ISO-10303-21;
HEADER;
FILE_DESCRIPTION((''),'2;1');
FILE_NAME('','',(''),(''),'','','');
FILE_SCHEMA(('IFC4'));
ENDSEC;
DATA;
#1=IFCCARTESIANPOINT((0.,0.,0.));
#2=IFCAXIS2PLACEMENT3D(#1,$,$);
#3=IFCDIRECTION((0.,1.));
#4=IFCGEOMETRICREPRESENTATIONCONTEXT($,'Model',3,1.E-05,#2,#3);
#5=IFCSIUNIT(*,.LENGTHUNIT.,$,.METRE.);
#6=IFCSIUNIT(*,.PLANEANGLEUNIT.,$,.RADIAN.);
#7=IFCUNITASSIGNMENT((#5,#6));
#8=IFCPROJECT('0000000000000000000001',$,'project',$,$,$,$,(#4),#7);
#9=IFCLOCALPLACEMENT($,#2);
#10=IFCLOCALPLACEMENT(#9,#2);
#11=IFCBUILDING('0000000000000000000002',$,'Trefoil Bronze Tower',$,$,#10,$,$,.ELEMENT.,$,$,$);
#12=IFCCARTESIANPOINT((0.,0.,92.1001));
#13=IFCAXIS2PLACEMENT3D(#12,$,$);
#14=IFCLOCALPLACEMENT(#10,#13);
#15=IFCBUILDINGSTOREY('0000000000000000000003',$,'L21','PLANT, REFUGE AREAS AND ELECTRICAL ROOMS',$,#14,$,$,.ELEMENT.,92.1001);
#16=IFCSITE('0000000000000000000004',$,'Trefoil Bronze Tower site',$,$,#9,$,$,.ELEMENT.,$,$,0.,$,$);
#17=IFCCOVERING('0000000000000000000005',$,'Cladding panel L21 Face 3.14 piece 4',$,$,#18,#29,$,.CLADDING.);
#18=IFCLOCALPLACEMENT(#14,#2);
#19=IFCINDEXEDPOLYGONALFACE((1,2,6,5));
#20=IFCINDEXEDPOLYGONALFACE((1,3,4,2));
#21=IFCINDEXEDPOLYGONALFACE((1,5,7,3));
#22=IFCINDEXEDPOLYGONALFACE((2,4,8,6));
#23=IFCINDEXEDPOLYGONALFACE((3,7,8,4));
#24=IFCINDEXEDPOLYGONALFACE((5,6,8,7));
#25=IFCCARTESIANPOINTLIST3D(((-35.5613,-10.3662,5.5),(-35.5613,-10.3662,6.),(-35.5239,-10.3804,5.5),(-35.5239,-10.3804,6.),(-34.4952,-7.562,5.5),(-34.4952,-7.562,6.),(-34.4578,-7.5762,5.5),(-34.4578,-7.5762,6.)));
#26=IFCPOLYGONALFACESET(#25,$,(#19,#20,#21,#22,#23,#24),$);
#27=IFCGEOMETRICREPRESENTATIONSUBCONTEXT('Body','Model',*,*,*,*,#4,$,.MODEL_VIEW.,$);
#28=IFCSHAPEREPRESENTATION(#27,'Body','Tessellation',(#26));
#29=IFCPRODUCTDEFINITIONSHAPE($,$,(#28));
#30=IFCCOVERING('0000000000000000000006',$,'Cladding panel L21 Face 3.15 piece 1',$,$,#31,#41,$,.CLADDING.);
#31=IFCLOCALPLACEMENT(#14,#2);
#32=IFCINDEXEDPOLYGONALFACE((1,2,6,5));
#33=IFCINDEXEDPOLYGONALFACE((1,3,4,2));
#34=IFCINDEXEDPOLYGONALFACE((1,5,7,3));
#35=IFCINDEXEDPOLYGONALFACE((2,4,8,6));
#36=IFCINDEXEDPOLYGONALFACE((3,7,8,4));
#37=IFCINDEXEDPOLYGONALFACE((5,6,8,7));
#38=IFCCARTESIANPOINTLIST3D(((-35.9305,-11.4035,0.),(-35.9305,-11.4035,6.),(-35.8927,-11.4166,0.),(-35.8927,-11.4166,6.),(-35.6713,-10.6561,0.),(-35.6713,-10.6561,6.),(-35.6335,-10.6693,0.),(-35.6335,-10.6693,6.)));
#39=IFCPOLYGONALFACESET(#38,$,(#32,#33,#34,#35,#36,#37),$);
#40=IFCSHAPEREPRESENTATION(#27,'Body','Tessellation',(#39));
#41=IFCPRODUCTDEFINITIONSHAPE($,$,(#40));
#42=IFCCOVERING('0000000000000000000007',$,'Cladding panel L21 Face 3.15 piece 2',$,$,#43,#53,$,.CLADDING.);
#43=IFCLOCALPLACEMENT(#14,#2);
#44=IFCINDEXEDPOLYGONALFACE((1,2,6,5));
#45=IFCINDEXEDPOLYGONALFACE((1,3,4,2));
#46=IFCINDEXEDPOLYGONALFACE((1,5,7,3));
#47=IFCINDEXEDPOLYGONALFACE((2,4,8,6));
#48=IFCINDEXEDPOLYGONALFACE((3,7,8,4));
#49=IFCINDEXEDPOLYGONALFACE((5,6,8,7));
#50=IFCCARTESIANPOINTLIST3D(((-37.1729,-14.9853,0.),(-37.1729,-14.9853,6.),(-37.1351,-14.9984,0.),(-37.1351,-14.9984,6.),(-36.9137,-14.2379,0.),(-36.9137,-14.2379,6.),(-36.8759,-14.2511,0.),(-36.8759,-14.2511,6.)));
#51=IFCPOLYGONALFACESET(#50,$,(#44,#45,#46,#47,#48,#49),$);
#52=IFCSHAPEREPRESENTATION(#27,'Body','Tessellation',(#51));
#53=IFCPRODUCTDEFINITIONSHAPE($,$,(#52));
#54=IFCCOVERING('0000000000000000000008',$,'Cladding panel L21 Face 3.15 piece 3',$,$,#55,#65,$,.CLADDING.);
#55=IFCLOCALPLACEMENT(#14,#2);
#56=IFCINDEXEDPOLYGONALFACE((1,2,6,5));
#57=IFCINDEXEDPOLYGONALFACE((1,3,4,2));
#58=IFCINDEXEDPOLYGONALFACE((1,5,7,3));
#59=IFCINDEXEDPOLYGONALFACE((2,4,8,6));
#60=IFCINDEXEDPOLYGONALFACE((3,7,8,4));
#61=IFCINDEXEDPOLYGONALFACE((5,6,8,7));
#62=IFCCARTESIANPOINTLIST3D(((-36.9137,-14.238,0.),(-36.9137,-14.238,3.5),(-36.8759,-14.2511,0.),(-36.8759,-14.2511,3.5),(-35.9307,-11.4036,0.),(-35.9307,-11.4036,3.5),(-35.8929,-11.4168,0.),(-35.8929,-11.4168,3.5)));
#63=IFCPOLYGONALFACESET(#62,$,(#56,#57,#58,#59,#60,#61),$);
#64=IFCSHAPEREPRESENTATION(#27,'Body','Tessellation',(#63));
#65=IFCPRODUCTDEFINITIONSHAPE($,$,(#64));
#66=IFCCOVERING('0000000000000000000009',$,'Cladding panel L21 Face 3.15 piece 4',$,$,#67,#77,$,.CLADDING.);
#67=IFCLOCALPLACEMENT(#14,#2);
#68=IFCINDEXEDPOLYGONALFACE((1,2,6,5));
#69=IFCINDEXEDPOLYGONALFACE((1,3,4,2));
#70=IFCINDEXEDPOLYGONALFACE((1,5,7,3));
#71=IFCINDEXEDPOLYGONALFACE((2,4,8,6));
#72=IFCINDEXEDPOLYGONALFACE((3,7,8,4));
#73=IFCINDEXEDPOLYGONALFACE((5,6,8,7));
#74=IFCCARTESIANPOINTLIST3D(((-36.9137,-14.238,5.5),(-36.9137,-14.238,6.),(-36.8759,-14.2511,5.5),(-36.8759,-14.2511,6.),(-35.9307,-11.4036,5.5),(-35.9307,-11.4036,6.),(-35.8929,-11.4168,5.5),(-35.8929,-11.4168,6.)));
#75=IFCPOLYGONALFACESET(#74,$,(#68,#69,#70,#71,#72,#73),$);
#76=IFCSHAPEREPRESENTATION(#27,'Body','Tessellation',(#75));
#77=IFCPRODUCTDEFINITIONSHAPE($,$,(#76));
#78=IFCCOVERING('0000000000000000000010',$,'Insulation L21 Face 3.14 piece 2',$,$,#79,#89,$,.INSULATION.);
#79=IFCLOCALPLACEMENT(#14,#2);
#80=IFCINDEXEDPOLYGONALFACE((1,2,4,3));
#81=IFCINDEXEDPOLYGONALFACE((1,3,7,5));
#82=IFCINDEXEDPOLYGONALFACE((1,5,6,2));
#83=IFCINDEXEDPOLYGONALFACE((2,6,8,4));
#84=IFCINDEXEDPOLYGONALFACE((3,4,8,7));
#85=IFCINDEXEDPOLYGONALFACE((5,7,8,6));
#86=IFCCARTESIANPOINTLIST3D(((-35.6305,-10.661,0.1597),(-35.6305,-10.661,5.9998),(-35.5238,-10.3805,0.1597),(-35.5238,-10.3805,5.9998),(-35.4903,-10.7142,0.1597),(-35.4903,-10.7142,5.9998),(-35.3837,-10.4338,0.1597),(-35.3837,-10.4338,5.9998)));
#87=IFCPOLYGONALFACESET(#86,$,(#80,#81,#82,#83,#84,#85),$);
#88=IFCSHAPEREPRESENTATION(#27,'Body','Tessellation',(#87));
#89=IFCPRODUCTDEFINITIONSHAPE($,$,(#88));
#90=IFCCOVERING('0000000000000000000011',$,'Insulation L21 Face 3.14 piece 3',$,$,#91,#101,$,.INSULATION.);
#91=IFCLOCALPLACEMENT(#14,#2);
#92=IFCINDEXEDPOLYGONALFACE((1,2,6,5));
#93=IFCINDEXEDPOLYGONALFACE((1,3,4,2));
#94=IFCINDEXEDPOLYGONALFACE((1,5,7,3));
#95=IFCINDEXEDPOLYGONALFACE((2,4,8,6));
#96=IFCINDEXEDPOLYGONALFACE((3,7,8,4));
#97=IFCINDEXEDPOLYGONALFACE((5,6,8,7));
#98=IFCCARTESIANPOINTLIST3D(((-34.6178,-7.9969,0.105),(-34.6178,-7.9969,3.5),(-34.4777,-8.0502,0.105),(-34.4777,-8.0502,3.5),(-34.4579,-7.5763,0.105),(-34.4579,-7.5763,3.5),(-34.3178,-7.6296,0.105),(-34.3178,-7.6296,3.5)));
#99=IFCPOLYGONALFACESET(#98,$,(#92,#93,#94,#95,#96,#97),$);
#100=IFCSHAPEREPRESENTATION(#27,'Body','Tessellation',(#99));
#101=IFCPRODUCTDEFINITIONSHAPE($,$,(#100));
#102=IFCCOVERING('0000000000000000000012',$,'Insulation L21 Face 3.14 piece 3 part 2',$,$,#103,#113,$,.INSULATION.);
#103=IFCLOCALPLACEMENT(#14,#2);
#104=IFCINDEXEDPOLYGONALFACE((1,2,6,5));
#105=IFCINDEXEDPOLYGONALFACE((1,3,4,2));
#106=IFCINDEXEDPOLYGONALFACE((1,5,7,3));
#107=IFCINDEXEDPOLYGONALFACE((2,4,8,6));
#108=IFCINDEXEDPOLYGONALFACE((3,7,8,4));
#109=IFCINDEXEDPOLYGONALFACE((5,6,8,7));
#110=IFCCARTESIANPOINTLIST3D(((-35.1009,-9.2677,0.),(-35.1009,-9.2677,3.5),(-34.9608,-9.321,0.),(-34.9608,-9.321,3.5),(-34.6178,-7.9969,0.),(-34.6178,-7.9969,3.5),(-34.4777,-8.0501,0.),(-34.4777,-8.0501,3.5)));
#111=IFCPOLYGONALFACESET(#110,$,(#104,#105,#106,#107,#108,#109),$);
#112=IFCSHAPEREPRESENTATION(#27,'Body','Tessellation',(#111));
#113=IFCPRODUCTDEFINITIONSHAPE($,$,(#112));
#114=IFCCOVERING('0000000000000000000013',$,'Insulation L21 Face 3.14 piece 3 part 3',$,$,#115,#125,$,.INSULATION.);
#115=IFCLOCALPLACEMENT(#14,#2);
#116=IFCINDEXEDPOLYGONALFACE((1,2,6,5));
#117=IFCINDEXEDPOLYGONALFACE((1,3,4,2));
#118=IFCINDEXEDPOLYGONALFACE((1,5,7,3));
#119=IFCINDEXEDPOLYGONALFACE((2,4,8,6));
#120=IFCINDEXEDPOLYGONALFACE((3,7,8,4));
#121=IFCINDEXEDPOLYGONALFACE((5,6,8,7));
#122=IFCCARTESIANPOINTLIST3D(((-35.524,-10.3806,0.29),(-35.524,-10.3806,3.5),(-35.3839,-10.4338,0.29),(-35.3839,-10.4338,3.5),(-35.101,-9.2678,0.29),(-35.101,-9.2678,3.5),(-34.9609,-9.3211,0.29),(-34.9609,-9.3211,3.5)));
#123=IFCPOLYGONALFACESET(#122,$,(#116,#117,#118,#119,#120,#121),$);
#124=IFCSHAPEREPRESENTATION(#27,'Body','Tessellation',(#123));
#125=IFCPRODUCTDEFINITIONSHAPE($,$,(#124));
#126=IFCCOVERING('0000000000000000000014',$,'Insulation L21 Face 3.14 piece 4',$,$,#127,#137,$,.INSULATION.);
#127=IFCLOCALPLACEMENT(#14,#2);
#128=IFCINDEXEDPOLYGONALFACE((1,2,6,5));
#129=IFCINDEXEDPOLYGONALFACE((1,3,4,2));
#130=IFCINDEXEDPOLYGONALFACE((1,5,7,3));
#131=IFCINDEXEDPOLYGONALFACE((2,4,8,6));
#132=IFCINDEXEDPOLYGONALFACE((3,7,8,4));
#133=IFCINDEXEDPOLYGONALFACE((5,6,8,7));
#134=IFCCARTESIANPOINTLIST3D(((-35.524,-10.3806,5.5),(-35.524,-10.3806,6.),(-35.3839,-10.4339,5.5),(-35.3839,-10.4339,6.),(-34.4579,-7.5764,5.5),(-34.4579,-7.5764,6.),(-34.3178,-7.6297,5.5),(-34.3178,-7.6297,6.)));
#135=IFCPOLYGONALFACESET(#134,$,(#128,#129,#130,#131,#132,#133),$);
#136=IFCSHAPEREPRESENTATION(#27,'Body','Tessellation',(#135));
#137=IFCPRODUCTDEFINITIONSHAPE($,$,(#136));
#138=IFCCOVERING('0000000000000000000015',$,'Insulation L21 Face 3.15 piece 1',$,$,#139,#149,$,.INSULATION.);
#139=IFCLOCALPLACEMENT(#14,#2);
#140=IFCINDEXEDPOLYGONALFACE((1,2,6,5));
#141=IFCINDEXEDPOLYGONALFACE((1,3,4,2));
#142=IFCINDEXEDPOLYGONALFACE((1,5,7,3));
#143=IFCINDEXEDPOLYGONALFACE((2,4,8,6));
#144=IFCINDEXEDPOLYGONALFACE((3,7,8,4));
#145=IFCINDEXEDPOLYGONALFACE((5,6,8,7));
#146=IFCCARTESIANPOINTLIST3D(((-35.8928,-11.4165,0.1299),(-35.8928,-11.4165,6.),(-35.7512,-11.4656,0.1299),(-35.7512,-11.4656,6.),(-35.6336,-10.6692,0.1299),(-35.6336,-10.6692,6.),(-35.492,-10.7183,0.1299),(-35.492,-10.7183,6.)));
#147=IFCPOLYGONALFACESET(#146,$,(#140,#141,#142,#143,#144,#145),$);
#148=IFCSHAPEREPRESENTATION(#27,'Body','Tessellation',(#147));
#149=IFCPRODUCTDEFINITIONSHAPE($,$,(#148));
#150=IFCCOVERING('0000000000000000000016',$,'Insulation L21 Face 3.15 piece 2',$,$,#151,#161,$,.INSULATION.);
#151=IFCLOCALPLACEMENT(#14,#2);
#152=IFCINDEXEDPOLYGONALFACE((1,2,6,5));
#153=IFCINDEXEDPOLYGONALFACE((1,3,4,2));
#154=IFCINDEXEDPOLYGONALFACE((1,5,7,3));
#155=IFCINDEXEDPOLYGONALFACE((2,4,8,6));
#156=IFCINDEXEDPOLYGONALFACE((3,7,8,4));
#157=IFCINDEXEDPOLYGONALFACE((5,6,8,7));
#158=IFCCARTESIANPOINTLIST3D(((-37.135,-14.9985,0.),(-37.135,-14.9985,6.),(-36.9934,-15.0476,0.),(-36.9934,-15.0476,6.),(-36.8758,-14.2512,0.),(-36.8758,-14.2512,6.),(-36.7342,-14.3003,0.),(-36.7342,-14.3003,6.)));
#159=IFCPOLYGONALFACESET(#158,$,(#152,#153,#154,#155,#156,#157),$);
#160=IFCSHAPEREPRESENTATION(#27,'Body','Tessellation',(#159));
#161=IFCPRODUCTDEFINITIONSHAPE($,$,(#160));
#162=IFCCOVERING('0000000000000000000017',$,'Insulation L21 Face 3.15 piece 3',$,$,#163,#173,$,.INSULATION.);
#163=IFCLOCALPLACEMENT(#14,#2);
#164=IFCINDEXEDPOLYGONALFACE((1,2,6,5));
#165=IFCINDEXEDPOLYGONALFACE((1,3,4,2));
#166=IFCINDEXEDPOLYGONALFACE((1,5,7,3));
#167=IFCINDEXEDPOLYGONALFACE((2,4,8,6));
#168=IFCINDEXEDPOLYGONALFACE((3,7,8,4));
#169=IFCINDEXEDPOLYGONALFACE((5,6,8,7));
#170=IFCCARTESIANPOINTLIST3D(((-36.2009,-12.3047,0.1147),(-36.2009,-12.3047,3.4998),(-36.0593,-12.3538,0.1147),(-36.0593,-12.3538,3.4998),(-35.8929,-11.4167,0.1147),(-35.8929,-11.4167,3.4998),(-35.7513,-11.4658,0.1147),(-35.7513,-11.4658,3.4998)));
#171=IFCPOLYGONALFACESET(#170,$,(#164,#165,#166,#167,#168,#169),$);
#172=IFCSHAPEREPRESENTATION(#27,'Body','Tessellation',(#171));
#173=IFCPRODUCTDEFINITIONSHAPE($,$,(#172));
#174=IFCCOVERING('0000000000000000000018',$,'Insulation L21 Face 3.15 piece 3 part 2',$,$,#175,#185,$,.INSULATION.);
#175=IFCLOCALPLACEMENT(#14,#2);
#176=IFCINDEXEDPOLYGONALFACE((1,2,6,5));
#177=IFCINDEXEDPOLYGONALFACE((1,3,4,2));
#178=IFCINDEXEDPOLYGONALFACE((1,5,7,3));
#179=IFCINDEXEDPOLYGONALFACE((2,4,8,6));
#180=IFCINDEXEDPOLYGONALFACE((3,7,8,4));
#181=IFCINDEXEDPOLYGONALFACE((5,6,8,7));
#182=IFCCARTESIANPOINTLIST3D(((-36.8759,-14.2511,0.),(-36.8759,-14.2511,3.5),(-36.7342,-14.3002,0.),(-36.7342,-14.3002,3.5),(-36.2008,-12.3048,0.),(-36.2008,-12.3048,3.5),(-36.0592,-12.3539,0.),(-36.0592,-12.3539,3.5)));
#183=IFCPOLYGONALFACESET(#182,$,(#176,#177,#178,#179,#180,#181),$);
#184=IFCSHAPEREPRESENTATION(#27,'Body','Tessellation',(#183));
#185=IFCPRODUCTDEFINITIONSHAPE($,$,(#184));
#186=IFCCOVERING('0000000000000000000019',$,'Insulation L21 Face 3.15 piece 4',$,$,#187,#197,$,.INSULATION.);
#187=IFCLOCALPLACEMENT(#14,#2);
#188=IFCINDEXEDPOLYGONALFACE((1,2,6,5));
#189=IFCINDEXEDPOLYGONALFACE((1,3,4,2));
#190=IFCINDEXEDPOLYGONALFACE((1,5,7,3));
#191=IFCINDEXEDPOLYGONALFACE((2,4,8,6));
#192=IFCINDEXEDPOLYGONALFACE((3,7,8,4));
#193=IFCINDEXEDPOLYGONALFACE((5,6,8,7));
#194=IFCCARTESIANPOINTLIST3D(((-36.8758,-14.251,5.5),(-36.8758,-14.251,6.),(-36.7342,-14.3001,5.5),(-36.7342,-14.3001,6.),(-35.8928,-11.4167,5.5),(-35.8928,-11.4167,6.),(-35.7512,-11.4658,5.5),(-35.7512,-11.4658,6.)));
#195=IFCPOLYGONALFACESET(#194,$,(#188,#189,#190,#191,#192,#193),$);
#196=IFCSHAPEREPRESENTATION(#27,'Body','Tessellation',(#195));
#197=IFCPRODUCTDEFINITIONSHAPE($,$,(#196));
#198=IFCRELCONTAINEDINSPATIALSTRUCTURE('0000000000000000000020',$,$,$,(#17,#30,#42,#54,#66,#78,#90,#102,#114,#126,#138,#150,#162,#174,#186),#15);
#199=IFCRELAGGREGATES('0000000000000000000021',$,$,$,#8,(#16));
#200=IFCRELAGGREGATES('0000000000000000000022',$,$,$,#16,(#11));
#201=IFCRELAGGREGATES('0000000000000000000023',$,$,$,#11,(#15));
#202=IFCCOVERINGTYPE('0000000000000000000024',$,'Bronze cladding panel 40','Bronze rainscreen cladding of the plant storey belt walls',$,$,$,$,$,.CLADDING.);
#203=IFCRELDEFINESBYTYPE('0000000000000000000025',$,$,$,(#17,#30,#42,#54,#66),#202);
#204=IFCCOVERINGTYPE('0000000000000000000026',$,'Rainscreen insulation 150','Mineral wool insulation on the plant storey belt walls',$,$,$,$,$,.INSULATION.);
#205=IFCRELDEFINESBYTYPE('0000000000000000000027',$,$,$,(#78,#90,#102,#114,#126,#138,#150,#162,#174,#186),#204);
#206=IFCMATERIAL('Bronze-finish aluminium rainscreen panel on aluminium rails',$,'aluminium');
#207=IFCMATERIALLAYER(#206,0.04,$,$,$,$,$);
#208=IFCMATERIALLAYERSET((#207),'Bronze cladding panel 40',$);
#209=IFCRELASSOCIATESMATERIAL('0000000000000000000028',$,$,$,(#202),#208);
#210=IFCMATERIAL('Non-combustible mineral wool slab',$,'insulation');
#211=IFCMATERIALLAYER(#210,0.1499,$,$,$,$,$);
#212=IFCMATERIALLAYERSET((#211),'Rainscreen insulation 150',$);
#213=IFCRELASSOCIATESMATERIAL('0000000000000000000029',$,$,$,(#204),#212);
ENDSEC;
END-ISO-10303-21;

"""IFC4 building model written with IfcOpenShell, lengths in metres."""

from ifc_helpers import new_model, si_unit, direction, frame, origin, origin_2d, place, context, subcontext, project, spatial, rectangle, extrude, material, layer, layer_set, type_object, element, save


model = new_model("IFC4")

# Units and contexts
model_context = context("Model", 3, precision=1e-05, world=origin(), true_north=direction((0.0, 1.0)))
body_context = subcontext(model_context, "Body", "Model", "MODEL_VIEW")
ifc_project = project(units=[si_unit("LENGTHUNIT", "METRE"), si_unit("PLANEANGLEUNIT", "RADIAN")], contexts=[model_context])

# Site, building, storey
site_placement = place(None, origin())
site = spatial("IfcSite", under=ifc_project, at=site_placement, Name="Trefoil Bronze Tower site", CompositionType="ELEMENT", RefElevation=0.0)
building_placement = place(site_placement, origin())
building = spatial("IfcBuilding", under=site, at=building_placement, Name="Trefoil Bronze Tower", CompositionType="ELEMENT")
storey_placement = place(building_placement, frame((0.0, 0.0, 92.1001)))
storey = spatial("IfcBuildingStorey", under=building, at=storey_placement, Name="L21", Description="PLANT, REFUGE AREAS AND ELECTRICAL ROOMS", CompositionType="ELEMENT", Elevation=92.1001)

# Coverings
ifc_material_1 = material(Name="Bronze-finish aluminium rainscreen panel on aluminium rails", Category="aluminium")
ifc_layer_1 = layer(ifc_material_1, 0.04)
ifc_layer_set_1 = layer_set([ifc_layer_1], Name="Bronze cladding panel 40")
covering_type_1 = type_object("IfcCoveringType", Name="Bronze cladding panel 40", Description="Bronze rainscreen cladding of the plant storey belt walls", PredefinedType="CLADDING", material=ifc_layer_set_1)
covering_1_placement = place(storey_placement, frame((-35.0095, -8.9712, 5.5), z_axis=(0.0, 0.0, 1.0), x_axis=(-0.355371, -0.934725, 0.0)))
element("IfcCovering", 1, at=covering_1_placement, inside=storey, type_object=covering_type_1, Name="Cladding panel L21 Face 3.14 piece 4", PredefinedType="CLADDING", context=body_context, shape_type="SweptSolid", body=[
    extrude(rectangle(XDim=3.0, YDim=0.04, at=origin_2d()), origin(), (0.0, 0.0, 1.0), 0.5),
])
for number, where, z_axis, x_axis, name in (
    (2, (-35.782, -11.0364, 0.0), (0.0, 0.0, 1.0), (-0.327674, -0.944791, 0.0), "Cladding panel L21 Face 3.15 piece 1"),
    (3, (-37.0244, -14.6182, 0.0), (0.0, 0.0, 1.0), (-0.327674, -0.944791, 0.0), "Cladding panel L21 Face 3.15 piece 2"),
):
    element("IfcCovering", number, at=place(storey_placement, frame(where, z_axis=z_axis, x_axis=x_axis)), inside=storey, type_object=covering_type_1, Name=name, PredefinedType="CLADDING", context=body_context, shape_type="SweptSolid", body=[
        extrude(rectangle(XDim=0.791, YDim=0.04, at=origin_2d()), origin(), (0.0, 0.0, 1.0), 6.0),
    ])
covering_2_placement = place(storey_placement, frame((-36.4033, -12.8274, 0.0), z_axis=(0.0, 0.0, 1.0), x_axis=(-0.327674, -0.944791, 0.0)))
element("IfcCovering", 4, at=covering_2_placement, inside=storey, type_object=covering_type_1, Name="Cladding panel L21 Face 3.15 piece 3", PredefinedType="CLADDING", context=body_context, shape_type="SweptSolid", body=[
    extrude(rectangle(XDim=3.0, YDim=0.04, at=origin_2d()), origin(), (0.0, 0.0, 1.0), 3.5),
])
covering_3_placement = place(storey_placement, frame((-36.4033, -12.8274, 5.5), z_axis=(0.0, 0.0, 1.0), x_axis=(-0.327674, -0.944791, 0.0)))
element("IfcCovering", 5, at=covering_3_placement, inside=storey, type_object=covering_type_1, Name="Cladding panel L21 Face 3.15 piece 4", PredefinedType="CLADDING", context=body_context, shape_type="SweptSolid", body=[
    extrude(rectangle(XDim=3.0, YDim=0.04, at=origin_2d()), origin(), (0.0, 0.0, 1.0), 0.5),
])
ifc_material_2 = material(Name="Non-combustible mineral wool slab", Category="insulation")
ifc_layer_2 = layer(ifc_material_2, 0.1499)
ifc_layer_set_2 = layer_set([ifc_layer_2], Name="Rainscreen insulation 150")
covering_type_2 = type_object("IfcCoveringType", Name="Rainscreen insulation 150", Description="Mineral wool insulation on the plant storey belt walls", PredefinedType="INSULATION", material=ifc_layer_set_2)
covering_4_placement = place(storey_placement, frame((-35.5071, -10.5474, 0.1597), z_axis=(0.0, 0.0, 1.0), x_axis=(-0.355371, -0.934725, 0.0)))
element("IfcCovering", 6, at=covering_4_placement, inside=storey, type_object=covering_type_2, Name="Insulation L21 Face 3.14 piece 2", PredefinedType="INSULATION", context=body_context, shape_type="SweptSolid", body=[
    extrude(rectangle(XDim=0.3, YDim=0.1499, at=origin_2d()), origin(), (0.0, 0.0, 1.0), 5.8401),
])
covering_5_placement = place(storey_placement, frame((-34.4678, -7.8132, 0.105), z_axis=(0.0, 0.0, 1.0), x_axis=(-0.355371, -0.934725, 0.0)))
element("IfcCovering", 7, at=covering_5_placement, inside=storey, type_object=covering_type_2, Name="Insulation L21 Face 3.14 piece 3", PredefinedType="INSULATION", context=body_context, shape_type="SweptSolid", body=[
    extrude(rectangle(XDim=0.45, YDim=0.1499, at=origin_2d()), origin(), (0.0, 0.0, 1.0), 3.395),
])
covering_6_placement = place(storey_placement, frame((-34.7893, -8.6589, 0.0), z_axis=(0.0, 0.0, 1.0), x_axis=(-0.355371, -0.934725, 0.0)))
element("IfcCovering", 8, at=covering_6_placement, inside=storey, type_object=covering_type_2, Name="Insulation L21 Face 3.14 piece 3 part 2", PredefinedType="INSULATION", context=body_context, shape_type="SweptSolid", body=[
    extrude(rectangle(XDim=1.3596, YDim=0.1499, at=origin_2d()), origin(), (0.0, 0.0, 1.0), 3.5),
])
covering_7_placement = place(storey_placement, frame((-35.2424, -9.8508, 0.29), z_axis=(0.0, 0.0, 1.0), x_axis=(-0.355371, -0.934725, 0.0)))
element("IfcCovering", 9, at=covering_7_placement, inside=storey, type_object=covering_type_2, Name="Insulation L21 Face 3.14 piece 3 part 3", PredefinedType="INSULATION", context=body_context, shape_type="SweptSolid", body=[
    extrude(rectangle(XDim=1.1904, YDim=0.1499, at=origin_2d()), origin(), (0.0, 0.0, 1.0), 3.21),
])
covering_8_placement = place(storey_placement, frame((-34.9209, -9.0051, 5.5), z_axis=(0.0, 0.0, 1.0), x_axis=(-0.355371, -0.934725, 0.0)))
element("IfcCovering", 10, at=covering_8_placement, inside=storey, type_object=covering_type_2, Name="Insulation L21 Face 3.14 piece 4", PredefinedType="INSULATION", context=body_context, shape_type="SweptSolid", body=[
    extrude(rectangle(XDim=3.0, YDim=0.1499, at=origin_2d()), origin(), (0.0, 0.0, 1.0), 0.5),
])
covering_9_placement = place(storey_placement, frame((-35.6924, -11.0674, 0.1299), z_axis=(0.0, 0.0, 1.0), x_axis=(-0.327674, -0.944791, 0.0)))
element("IfcCovering", 11, at=covering_9_placement, inside=storey, type_object=covering_type_2, Name="Insulation L21 Face 3.15 piece 1", PredefinedType="INSULATION", context=body_context, shape_type="SweptSolid", body=[
    extrude(rectangle(XDim=0.791, YDim=0.1499, at=origin_2d()), origin(), (0.0, 0.0, 1.0), 5.8701),
])
covering_10_placement = place(storey_placement, frame((-36.9346, -14.6494, 0.0), z_axis=(0.0, 0.0, 1.0), x_axis=(-0.327674, -0.944791, 0.0)))
element("IfcCovering", 12, at=covering_10_placement, inside=storey, type_object=covering_type_2, Name="Insulation L21 Face 3.15 piece 2", PredefinedType="INSULATION", context=body_context, shape_type="SweptSolid", body=[
    extrude(rectangle(XDim=0.791, YDim=0.1499, at=origin_2d()), origin(), (0.0, 0.0, 1.0), 6.0),
])
covering_11_placement = place(storey_placement, frame((-35.9761, -11.8853, 0.1147), z_axis=(0.0, 0.0, 1.0), x_axis=(-0.327674, -0.944791, 0.0)))
element("IfcCovering", 13, at=covering_11_placement, inside=storey, type_object=covering_type_2, Name="Insulation L21 Face 3.15 piece 3", PredefinedType="INSULATION", context=body_context, shape_type="SweptSolid", body=[
    extrude(rectangle(XDim=0.9399, YDim=0.1499, at=origin_2d()), origin(), (0.0, 0.0, 1.0), 3.385),
])
covering_12_placement = place(storey_placement, frame((-36.4675, -13.3025, 0.0), z_axis=(0.0, 0.0, 1.0), x_axis=(-0.327674, -0.944791, 0.0)))
element("IfcCovering", 14, at=covering_12_placement, inside=storey, type_object=covering_type_2, Name="Insulation L21 Face 3.15 piece 3 part 2", PredefinedType="INSULATION", context=body_context, shape_type="SweptSolid", body=[
    extrude(rectangle(XDim=2.0601, YDim=0.1499, at=origin_2d()), origin(), (0.0, 0.0, 1.0), 3.5),
])
covering_13_placement = place(storey_placement, frame((-36.3135, -12.8584, 5.5), z_axis=(0.0, 0.0, 1.0), x_axis=(-0.327674, -0.944791, 0.0)))
element("IfcCovering", 15, at=covering_13_placement, inside=storey, type_object=covering_type_2, Name="Insulation L21 Face 3.15 piece 4", PredefinedType="INSULATION", context=body_context, shape_type="SweptSolid", body=[
    extrude(rectangle(XDim=3.0, YDim=0.1499, at=origin_2d()), origin(), (0.0, 0.0, 1.0), 0.5),
])

save(model, "model.ifc")
